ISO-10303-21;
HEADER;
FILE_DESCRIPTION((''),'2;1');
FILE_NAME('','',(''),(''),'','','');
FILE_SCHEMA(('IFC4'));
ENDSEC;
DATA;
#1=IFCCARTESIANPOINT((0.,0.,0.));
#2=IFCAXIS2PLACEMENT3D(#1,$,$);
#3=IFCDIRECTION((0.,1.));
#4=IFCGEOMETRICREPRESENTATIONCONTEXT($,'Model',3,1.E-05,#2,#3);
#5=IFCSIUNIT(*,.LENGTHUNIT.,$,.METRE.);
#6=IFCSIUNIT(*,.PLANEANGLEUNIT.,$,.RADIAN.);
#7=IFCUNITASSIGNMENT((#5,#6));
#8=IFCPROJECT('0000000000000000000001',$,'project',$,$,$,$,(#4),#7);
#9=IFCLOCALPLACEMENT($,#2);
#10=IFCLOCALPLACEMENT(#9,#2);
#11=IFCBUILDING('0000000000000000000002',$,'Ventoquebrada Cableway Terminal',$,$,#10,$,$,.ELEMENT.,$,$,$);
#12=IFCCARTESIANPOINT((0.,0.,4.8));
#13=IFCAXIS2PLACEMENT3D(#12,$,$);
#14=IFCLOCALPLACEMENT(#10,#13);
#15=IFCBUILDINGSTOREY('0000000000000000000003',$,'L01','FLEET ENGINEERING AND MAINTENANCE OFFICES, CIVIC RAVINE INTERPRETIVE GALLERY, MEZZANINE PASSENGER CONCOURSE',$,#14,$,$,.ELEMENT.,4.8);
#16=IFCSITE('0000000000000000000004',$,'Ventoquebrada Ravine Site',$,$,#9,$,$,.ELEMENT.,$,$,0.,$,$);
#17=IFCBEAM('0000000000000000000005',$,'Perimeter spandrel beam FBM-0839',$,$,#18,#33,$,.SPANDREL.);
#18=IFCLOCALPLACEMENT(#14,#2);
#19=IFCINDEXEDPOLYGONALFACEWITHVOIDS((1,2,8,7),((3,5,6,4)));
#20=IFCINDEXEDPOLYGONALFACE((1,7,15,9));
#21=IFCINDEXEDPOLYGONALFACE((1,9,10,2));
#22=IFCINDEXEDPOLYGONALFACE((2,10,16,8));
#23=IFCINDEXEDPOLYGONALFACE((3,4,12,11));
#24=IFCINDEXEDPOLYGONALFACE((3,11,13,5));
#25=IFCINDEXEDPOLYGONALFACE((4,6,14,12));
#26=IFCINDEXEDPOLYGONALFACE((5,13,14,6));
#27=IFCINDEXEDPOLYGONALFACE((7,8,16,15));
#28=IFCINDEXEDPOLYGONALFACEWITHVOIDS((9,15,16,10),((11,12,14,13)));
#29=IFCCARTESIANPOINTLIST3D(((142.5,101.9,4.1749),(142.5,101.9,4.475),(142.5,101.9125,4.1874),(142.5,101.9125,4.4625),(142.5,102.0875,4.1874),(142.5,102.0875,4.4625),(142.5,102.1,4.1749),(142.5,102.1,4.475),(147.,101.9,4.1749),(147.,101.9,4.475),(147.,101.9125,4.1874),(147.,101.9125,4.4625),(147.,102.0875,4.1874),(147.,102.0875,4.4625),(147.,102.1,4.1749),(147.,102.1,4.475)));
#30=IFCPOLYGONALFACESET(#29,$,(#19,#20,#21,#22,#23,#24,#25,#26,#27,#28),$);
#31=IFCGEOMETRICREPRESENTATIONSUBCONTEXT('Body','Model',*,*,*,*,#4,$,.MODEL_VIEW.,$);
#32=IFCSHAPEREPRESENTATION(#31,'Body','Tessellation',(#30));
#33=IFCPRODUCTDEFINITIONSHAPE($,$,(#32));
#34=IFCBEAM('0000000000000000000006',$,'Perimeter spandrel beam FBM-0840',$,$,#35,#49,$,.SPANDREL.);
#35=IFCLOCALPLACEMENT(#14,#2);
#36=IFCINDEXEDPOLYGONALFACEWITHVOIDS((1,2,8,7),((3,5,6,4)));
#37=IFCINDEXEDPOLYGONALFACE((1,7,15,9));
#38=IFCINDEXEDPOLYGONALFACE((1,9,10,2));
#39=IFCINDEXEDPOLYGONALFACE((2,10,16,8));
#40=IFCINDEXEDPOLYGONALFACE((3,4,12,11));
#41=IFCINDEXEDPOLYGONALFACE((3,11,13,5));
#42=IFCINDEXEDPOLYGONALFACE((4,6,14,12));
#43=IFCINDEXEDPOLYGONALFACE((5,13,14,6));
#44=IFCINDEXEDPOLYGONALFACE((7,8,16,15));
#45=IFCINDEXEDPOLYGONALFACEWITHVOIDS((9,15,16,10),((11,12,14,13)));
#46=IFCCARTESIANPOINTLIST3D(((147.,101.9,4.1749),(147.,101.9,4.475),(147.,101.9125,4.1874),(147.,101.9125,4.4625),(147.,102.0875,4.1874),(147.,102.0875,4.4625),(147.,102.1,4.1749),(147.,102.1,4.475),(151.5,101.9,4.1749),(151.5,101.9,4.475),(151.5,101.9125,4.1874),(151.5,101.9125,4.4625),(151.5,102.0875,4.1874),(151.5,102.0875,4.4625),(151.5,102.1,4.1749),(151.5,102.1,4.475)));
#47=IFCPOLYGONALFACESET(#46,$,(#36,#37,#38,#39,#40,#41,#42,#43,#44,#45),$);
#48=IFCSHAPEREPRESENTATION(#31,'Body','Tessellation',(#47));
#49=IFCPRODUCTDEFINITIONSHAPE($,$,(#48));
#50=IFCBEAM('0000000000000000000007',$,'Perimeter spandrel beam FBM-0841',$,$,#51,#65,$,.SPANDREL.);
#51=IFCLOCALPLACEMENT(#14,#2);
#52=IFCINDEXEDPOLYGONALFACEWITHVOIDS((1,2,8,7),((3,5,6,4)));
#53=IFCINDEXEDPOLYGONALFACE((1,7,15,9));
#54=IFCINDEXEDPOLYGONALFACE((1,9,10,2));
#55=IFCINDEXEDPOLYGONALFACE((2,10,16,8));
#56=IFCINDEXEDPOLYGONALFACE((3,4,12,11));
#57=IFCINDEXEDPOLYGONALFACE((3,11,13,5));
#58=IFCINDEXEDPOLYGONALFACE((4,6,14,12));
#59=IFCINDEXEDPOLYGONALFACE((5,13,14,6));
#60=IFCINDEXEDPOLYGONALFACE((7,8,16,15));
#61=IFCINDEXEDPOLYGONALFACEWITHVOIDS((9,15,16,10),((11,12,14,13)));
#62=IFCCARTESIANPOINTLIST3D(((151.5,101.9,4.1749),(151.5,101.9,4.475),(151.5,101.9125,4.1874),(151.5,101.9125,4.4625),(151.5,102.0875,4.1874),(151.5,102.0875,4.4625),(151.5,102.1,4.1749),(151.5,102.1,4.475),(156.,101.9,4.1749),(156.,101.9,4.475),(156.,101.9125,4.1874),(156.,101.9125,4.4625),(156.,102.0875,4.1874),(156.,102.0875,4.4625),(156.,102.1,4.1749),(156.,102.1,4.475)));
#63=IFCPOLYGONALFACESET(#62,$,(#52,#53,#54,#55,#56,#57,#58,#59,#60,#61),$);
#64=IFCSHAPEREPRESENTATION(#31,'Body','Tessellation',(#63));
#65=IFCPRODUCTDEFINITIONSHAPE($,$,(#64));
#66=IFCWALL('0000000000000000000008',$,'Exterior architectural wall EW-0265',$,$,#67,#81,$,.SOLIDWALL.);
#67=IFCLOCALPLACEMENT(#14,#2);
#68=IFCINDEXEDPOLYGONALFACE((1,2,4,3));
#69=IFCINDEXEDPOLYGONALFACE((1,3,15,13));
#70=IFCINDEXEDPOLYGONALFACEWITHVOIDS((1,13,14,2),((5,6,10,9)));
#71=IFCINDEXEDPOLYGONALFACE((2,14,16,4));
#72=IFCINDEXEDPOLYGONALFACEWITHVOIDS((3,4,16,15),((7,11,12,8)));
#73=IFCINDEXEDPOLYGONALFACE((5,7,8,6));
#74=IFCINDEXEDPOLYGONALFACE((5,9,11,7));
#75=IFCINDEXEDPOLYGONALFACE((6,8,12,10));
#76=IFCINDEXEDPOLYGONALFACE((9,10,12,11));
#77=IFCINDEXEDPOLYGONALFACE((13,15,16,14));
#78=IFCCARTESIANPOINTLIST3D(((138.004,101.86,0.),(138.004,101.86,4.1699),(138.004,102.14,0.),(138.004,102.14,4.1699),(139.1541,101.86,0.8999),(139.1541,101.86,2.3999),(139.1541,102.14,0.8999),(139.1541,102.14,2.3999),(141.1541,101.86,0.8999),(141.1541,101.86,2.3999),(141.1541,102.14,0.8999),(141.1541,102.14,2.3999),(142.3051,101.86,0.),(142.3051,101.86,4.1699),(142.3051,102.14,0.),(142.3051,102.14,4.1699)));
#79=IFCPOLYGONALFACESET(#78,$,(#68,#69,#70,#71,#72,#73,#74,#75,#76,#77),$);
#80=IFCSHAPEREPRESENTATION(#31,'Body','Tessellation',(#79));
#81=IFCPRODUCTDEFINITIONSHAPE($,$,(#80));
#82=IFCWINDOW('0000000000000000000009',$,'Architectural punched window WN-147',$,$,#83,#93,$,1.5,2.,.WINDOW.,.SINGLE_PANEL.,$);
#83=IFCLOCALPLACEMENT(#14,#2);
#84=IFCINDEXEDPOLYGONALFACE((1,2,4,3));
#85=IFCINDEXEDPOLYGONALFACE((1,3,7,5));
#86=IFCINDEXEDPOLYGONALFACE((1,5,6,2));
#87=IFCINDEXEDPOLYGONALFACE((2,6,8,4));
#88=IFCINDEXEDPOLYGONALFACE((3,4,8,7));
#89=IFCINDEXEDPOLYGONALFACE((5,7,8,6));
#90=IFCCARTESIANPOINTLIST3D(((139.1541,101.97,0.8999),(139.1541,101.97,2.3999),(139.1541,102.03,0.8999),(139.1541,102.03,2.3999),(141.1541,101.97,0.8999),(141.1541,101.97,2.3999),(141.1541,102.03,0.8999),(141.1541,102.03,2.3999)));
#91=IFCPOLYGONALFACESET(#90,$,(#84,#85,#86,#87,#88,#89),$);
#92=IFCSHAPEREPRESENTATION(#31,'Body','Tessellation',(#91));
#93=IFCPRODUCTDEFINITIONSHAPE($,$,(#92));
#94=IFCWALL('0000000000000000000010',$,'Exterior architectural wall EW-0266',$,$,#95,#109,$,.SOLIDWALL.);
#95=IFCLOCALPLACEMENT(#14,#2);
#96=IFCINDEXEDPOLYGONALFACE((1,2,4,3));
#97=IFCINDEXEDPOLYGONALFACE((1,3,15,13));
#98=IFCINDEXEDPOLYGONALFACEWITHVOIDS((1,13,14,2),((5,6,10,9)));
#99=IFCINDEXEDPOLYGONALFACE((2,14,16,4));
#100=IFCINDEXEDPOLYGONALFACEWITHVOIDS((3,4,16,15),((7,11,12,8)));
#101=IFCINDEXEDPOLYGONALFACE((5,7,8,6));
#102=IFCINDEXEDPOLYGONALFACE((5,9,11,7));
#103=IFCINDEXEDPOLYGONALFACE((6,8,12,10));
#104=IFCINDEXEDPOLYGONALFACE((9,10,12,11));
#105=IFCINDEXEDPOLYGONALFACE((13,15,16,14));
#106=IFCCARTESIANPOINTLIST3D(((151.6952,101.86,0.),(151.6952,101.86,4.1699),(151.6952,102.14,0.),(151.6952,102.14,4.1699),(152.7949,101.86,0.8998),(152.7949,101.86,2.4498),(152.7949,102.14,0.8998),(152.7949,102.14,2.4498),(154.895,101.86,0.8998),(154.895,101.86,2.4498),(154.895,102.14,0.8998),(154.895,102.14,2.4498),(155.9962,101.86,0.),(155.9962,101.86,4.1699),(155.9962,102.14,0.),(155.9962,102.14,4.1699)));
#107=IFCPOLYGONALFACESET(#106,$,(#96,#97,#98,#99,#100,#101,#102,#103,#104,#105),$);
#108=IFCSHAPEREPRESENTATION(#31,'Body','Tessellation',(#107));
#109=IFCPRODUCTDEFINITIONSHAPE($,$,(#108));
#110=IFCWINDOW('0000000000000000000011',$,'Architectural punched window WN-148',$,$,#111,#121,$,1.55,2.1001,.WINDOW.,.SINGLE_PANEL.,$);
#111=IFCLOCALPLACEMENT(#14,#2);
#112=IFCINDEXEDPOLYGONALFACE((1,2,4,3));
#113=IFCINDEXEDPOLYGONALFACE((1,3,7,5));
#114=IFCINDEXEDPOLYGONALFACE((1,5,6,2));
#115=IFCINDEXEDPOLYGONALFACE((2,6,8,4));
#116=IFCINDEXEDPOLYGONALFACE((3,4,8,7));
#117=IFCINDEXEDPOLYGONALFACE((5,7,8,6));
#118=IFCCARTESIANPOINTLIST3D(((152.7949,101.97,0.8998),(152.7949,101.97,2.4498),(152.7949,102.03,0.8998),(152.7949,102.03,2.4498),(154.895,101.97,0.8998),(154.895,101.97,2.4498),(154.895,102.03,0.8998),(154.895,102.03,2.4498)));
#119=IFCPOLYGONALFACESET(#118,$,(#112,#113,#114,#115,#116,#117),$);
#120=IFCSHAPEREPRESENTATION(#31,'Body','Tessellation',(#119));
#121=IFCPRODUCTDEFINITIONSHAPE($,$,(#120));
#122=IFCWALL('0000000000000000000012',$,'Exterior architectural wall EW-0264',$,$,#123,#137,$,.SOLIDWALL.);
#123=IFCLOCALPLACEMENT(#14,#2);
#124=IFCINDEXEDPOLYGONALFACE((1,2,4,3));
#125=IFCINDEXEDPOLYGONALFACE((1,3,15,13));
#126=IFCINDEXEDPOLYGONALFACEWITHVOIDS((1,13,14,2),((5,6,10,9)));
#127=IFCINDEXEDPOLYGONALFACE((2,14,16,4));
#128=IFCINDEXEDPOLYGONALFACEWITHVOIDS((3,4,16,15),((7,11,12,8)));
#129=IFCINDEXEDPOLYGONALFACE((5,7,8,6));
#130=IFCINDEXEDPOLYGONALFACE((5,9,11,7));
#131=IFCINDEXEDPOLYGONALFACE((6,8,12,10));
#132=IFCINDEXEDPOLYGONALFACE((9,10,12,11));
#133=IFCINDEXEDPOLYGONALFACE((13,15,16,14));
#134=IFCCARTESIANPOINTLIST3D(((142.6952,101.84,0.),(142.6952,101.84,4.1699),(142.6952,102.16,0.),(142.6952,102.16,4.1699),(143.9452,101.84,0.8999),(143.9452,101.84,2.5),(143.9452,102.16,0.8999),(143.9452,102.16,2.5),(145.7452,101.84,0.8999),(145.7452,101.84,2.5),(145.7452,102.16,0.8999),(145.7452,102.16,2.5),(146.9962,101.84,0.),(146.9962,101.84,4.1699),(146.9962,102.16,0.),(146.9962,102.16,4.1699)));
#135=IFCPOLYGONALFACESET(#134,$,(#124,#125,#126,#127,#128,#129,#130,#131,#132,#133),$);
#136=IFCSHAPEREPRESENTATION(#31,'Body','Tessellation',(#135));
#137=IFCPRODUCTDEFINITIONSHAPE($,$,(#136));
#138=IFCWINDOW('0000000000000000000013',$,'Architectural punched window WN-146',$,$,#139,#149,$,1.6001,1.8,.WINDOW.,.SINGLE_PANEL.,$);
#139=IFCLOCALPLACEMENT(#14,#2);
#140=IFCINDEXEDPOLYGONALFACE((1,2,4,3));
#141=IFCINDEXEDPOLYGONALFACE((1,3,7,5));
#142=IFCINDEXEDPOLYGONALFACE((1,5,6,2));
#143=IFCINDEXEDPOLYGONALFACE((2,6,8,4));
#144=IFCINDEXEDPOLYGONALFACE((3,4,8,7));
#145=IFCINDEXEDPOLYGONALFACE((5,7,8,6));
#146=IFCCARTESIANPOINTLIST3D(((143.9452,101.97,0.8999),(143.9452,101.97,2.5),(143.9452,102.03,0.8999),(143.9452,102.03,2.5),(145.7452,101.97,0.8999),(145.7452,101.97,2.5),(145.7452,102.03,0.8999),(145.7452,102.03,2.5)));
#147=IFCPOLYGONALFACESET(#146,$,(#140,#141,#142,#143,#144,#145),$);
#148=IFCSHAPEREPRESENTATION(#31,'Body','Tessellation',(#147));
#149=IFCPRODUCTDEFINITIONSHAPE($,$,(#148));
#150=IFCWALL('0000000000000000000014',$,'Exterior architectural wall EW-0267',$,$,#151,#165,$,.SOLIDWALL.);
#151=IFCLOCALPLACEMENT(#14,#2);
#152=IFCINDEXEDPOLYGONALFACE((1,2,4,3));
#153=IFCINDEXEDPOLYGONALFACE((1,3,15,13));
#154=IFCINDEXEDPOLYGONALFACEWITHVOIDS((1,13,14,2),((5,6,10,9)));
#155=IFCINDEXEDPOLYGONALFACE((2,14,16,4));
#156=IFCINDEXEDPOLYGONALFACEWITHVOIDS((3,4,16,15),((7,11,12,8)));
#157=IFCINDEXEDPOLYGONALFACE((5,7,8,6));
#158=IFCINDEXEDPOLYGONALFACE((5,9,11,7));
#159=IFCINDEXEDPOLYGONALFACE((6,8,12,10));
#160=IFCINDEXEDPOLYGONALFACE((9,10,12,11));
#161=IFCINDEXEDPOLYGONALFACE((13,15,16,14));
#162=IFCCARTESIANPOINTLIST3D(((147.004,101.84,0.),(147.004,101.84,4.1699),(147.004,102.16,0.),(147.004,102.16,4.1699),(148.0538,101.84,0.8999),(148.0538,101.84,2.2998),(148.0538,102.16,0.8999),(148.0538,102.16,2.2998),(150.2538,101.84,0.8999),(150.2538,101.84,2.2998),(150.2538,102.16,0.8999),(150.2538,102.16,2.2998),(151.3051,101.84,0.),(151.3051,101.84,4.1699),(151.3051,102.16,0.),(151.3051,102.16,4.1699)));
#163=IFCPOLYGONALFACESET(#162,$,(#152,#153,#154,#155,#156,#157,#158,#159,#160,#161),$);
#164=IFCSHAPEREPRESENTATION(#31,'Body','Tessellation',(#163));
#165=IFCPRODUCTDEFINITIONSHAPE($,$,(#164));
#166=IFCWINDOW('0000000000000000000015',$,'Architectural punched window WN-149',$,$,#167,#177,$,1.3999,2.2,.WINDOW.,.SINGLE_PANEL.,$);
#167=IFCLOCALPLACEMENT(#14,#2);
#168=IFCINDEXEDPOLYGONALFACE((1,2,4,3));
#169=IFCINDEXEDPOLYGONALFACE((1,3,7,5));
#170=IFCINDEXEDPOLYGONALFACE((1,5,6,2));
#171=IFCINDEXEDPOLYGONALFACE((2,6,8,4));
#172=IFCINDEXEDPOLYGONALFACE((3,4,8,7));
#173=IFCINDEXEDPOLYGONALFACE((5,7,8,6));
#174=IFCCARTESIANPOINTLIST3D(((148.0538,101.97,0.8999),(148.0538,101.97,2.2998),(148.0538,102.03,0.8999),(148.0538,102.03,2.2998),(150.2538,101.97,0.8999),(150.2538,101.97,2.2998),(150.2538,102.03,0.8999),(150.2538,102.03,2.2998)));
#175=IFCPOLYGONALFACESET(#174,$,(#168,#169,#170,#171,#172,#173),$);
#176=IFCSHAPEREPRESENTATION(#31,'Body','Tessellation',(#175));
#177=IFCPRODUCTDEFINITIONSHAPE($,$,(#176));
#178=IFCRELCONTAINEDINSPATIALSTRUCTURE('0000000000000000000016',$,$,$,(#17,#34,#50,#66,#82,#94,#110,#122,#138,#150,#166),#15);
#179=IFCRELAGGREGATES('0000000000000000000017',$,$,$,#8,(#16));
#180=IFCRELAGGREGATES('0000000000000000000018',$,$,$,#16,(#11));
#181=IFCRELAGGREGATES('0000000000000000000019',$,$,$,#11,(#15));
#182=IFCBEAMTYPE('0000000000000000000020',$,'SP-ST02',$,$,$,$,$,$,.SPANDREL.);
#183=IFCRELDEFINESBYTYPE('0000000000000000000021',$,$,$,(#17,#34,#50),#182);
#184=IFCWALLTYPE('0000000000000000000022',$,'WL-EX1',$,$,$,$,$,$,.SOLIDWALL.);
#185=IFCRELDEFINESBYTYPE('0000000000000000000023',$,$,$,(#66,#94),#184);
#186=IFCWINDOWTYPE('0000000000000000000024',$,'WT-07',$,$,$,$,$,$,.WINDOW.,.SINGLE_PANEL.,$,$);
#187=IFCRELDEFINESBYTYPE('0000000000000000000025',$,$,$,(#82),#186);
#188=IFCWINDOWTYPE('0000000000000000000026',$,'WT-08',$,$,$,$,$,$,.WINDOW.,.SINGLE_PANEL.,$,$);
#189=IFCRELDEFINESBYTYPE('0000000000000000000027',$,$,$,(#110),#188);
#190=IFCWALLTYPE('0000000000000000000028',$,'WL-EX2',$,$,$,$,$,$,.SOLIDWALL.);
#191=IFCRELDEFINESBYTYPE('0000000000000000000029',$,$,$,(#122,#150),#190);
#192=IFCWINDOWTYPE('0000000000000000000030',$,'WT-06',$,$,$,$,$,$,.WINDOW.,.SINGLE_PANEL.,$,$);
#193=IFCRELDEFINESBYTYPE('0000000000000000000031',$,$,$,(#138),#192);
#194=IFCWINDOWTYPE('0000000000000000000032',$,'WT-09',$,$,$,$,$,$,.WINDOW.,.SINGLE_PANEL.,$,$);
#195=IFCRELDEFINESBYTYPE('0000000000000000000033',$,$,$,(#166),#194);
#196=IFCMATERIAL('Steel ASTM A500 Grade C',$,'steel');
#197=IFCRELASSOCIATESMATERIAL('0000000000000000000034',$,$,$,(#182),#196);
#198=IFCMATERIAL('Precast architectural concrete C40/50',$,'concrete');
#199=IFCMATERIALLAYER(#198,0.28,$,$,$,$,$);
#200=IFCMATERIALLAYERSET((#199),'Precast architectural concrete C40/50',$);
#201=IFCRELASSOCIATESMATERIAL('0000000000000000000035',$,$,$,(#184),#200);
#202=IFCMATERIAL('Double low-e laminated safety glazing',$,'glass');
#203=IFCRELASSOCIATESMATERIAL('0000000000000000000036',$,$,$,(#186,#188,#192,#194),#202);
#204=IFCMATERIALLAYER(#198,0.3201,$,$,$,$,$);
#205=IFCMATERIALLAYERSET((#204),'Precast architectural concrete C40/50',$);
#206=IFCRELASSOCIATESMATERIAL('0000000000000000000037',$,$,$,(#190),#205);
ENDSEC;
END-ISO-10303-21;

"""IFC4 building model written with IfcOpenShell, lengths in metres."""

from ifc_helpers import new_model, si_unit, direction, frame, frame_2d, origin, origin_2d, place, context, subcontext, project, spatial, rectangle, hollow_rectangle, extrude, material, layer, layer_set, material_profile, profile_set, type_object, element, fill, save


model = new_model("IFC4")

# Units and contexts
model_context = context("Model", 3, precision=1e-05, world=origin(), true_north=direction((0.0, 1.0)))
body_context = subcontext(model_context, "Body", "Model", "MODEL_VIEW")
ifc_project = project(units=[si_unit("LENGTHUNIT", "METRE"), si_unit("PLANEANGLEUNIT", "RADIAN")], contexts=[model_context])

# Site, building, storey
site_placement = place(None, origin())
site = spatial("IfcSite", under=ifc_project, at=site_placement, Name="Ventoquebrada Ravine Site", CompositionType="ELEMENT", RefElevation=0.0)
building_placement = place(site_placement, origin())
building = spatial("IfcBuilding", under=site, at=building_placement, Name="Ventoquebrada Cableway Terminal", CompositionType="ELEMENT")
storey_placement = place(building_placement, frame((0.0, 0.0, 4.8)))
storey = spatial("IfcBuildingStorey", under=building, at=storey_placement, Name="L01", Description="FLEET ENGINEERING AND MAINTENANCE OFFICES, CIVIC RAVINE INTERPRETIVE GALLERY, MEZZANINE PASSENGER CONCOURSE", CompositionType="ELEMENT", Elevation=4.8)

# Shared definitions
ifc_material_1 = material(Name="Steel ASTM A500 Grade C", Category="steel")

# Beams
ifc_material_profile_1 = material_profile(ifc_material_1, hollow_rectangle(XDim=0.2, YDim=0.3, WallThickness=0.0125, at=origin_2d()), Name="RHS300X200X12.5")
ifc_profile_set_1 = profile_set([ifc_material_profile_1], Name="Steel ASTM A500 Grade C")
beam_type_1 = type_object("IfcBeamType", Name="SP-ST02", PredefinedType="SPANDREL", material=ifc_profile_set_1)
for number, where, z_axis, x_axis, name in (
    (1, (142.5, 102.0, 4.325), (1.0, 0.0, 0.0), (0.0, 1.0, 0.0), "Perimeter spandrel beam FBM-0839"),
    (2, (147.0, 102.0, 4.325), (1.0, 0.0, 0.0), (0.0, 1.0, 0.0), "Perimeter spandrel beam FBM-0840"),
    (3, (151.5, 102.0, 4.325), (1.0, 0.0, 0.0), (0.0, 1.0, 0.0), "Perimeter spandrel beam FBM-0841"),
):
    element("IfcBeam", number, at=place(storey_placement, frame(where, z_axis=z_axis, x_axis=x_axis)), inside=storey, type_object=beam_type_1, Name=name, PredefinedType="SPANDREL", context=body_context, shape_type="SweptSolid", body=[
        extrude(hollow_rectangle(XDim=0.2, YDim=0.3, WallThickness=0.0125, at=origin_2d()), origin(), (0.0, 0.0, 1.0), 4.5),
    ])

# Walls, openings, windows
ifc_material_2 = material(Name="Precast architectural concrete C40/50", Category="concrete")
ifc_layer_1 = layer(ifc_material_2, 0.28)
ifc_layer_set_1 = layer_set([ifc_layer_1], Name="Precast architectural concrete C40/50")
wall_type_1 = type_object("IfcWallType", Name="WL-EX1", PredefinedType="SOLIDWALL", material=ifc_layer_set_1)
wall_1_placement = place(storey_placement, frame((142.3049, 102.0, 0.0), z_axis=(0.0, 0.0, 1.0), x_axis=(-1.0, 0.0, 0.0)))
wall_1 = element("IfcWall", 4, at=wall_1_placement, inside=storey, type_object=wall_type_1, Name="Exterior architectural wall EW-0265", PredefinedType="SOLIDWALL", context=body_context, shape_type="SweptSolid", body=[
    extrude(rectangle(XDim=4.301, YDim=0.28, at=frame_2d((2.1504, 0.0))), origin(), (0.0, 0.0, 1.0), 4.1699),
])
opening_1_placement = place(wall_1_placement, frame((1.1509, 0.0, 0.8999)))
opening_1 = element("IfcOpeningElement", 5, at=opening_1_placement, cuts=wall_1, PredefinedType="OPENING", context=body_context, shape_type="SweptSolid", body=[
    extrude(rectangle(XDim=2.0, YDim=1.5, at=frame_2d((1.0, 0.75))), frame((0.0, 0.1499, 0.0), z_axis=(0.0, -1.0, 0.0), x_axis=(1.0, 0.0, 0.0)), (0.0, 0.0, 1.0), 0.3),
])
ifc_material_3 = material(Name="Double low-e laminated safety glazing", Category="glass")
window_type_1 = type_object("IfcWindowType", Name="WT-07", PartitioningType="SINGLE_PANEL", PredefinedType="WINDOW", material=ifc_material_3)
window_1_placement = place(opening_1_placement, origin())
window_1 = element("IfcWindow", 6, at=window_1_placement, inside=storey, type_object=window_type_1, Name="Architectural punched window WN-147", OverallHeight=1.5, OverallWidth=2.0, PartitioningType="SINGLE_PANEL", PredefinedType="WINDOW", context=body_context, shape_type="SweptSolid", body=[
    extrude(rectangle(XDim=2.0, YDim=1.5, at=frame_2d((1.0, 0.75))), frame((0.0, 0.03, 0.0), z_axis=(0.0, -1.0, 0.0), x_axis=(1.0, 0.0, 0.0)), (0.0, 0.0, 1.0), 0.0601),
])
fill(opening_1, window_1)
wall_2_placement = place(storey_placement, frame((155.9961, 102.0, 0.0), z_axis=(0.0, 0.0, 1.0), x_axis=(-1.0, 0.0, 0.0)))
wall_2 = element("IfcWall", 7, at=wall_2_placement, inside=storey, type_object=wall_type_1, Name="Exterior architectural wall EW-0266", PredefinedType="SOLIDWALL", context=body_context, shape_type="SweptSolid", body=[
    extrude(rectangle(XDim=4.301, YDim=0.28, at=frame_2d((2.1504, 0.0))), origin(), (0.0, 0.0, 1.0), 4.1699),
])
opening_2_placement = place(wall_2_placement, frame((1.1011, 0.0, 0.8999)))
opening_2 = element("IfcOpeningElement", 8, at=opening_2_placement, cuts=wall_2, PredefinedType="OPENING", context=body_context, shape_type="SweptSolid", body=[
    extrude(rectangle(XDim=2.1001, YDim=1.55, at=frame_2d((1.05, 0.7749))), frame((0.0, 0.1499, 0.0), z_axis=(0.0, -1.0, 0.0), x_axis=(1.0, 0.0, 0.0)), (0.0, 0.0, 1.0), 0.3),
])
window_type_2 = type_object("IfcWindowType", Name="WT-08", PartitioningType="SINGLE_PANEL", PredefinedType="WINDOW", material=ifc_material_3)
window_2_placement = place(opening_2_placement, origin())
window_2 = element("IfcWindow", 9, at=window_2_placement, inside=storey, type_object=window_type_2, Name="Architectural punched window WN-148", OverallHeight=1.55, OverallWidth=2.1001, PartitioningType="SINGLE_PANEL", PredefinedType="WINDOW", context=body_context, shape_type="SweptSolid", body=[
    extrude(rectangle(XDim=2.1001, YDim=1.55, at=frame_2d((1.05, 0.7749))), frame((0.0, 0.03, 0.0), z_axis=(0.0, -1.0, 0.0), x_axis=(1.0, 0.0, 0.0)), (0.0, 0.0, 1.0), 0.0601),
])
fill(opening_2, window_2)
ifc_layer_2 = layer(ifc_material_2, 0.3201)
ifc_layer_set_2 = layer_set([ifc_layer_2], Name="Precast architectural concrete C40/50")
wall_type_2 = type_object("IfcWallType", Name="WL-EX2", PredefinedType="SOLIDWALL", material=ifc_layer_set_2)
wall_3_placement = place(storey_placement, frame((146.9961, 102.0, 0.0), z_axis=(0.0, 0.0, 1.0), x_axis=(-1.0, 0.0, 0.0)))
wall_3 = element("IfcWall", 10, at=wall_3_placement, inside=storey, type_object=wall_type_2, Name="Exterior architectural wall EW-0264", PredefinedType="SOLIDWALL", context=body_context, shape_type="SweptSolid", body=[
    extrude(rectangle(XDim=4.301, YDim=0.3201, at=frame_2d((2.1504, 0.0))), origin(), (0.0, 0.0, 1.0), 4.1699),
])
opening_3_placement = place(wall_3_placement, frame((1.251, 0.0, 0.8999)))
opening_3 = element("IfcOpeningElement", 11, at=opening_3_placement, cuts=wall_3, PredefinedType="OPENING", context=body_context, shape_type="SweptSolid", body=[
    extrude(rectangle(XDim=1.8, YDim=1.6001, at=frame_2d((0.8999, 0.8))), frame((0.0, 0.1699, 0.0), z_axis=(0.0, -1.0, 0.0), x_axis=(1.0, 0.0, 0.0)), (0.0, 0.0, 1.0), 0.3401),
])
window_type_3 = type_object("IfcWindowType", Name="WT-06", PartitioningType="SINGLE_PANEL", PredefinedType="WINDOW", material=ifc_material_3)
window_3_placement = place(opening_3_placement, origin())
window_3 = element("IfcWindow", 12, at=window_3_placement, inside=storey, type_object=window_type_3, Name="Architectural punched window WN-146", OverallHeight=1.6001, OverallWidth=1.8, PartitioningType="SINGLE_PANEL", PredefinedType="WINDOW", context=body_context, shape_type="SweptSolid", body=[
    extrude(rectangle(XDim=1.8, YDim=1.6001, at=frame_2d((0.8999, 0.8))), frame((0.0, 0.03, 0.0), z_axis=(0.0, -1.0, 0.0), x_axis=(1.0, 0.0, 0.0)), (0.0, 0.0, 1.0), 0.0601),
])
fill(opening_3, window_3)
wall_4_placement = place(storey_placement, frame((151.3049, 102.0, 0.0), z_axis=(0.0, 0.0, 1.0), x_axis=(-1.0, 0.0, 0.0)))
wall_4 = element("IfcWall", 13, at=wall_4_placement, inside=storey, type_object=wall_type_2, Name="Exterior architectural wall EW-0267", PredefinedType="SOLIDWALL", context=body_context, shape_type="SweptSolid", body=[
    extrude(rectangle(XDim=4.301, YDim=0.3201, at=frame_2d((2.1504, 0.0))), origin(), (0.0, 0.0, 1.0), 4.1699),
])
opening_4_placement = place(wall_4_placement, frame((1.051, 0.0, 0.8999)))
opening_4 = element("IfcOpeningElement", 14, at=opening_4_placement, cuts=wall_4, PredefinedType="OPENING", context=body_context, shape_type="SweptSolid", body=[
    extrude(rectangle(XDim=2.2, YDim=1.3999, at=frame_2d((1.1001, 0.7))), frame((0.0, 0.1699, 0.0), z_axis=(0.0, -1.0, 0.0), x_axis=(1.0, 0.0, 0.0)), (0.0, 0.0, 1.0), 0.3401),
])
window_type_4 = type_object("IfcWindowType", Name="WT-09", PartitioningType="SINGLE_PANEL", PredefinedType="WINDOW", material=ifc_material_3)
window_4_placement = place(opening_4_placement, origin())
window_4 = element("IfcWindow", 15, at=window_4_placement, inside=storey, type_object=window_type_4, Name="Architectural punched window WN-149", OverallHeight=1.3999, OverallWidth=2.2, PartitioningType="SINGLE_PANEL", PredefinedType="WINDOW", context=body_context, shape_type="SweptSolid", body=[
    extrude(rectangle(XDim=2.2, YDim=1.3999, at=frame_2d((1.1001, 0.7))), frame((0.0, 0.03, 0.0), z_axis=(0.0, -1.0, 0.0), x_axis=(1.0, 0.0, 0.0)), (0.0, 0.0, 1.0), 0.0601),
])
fill(opening_4, window_4)

save(model, "model.ifc")
